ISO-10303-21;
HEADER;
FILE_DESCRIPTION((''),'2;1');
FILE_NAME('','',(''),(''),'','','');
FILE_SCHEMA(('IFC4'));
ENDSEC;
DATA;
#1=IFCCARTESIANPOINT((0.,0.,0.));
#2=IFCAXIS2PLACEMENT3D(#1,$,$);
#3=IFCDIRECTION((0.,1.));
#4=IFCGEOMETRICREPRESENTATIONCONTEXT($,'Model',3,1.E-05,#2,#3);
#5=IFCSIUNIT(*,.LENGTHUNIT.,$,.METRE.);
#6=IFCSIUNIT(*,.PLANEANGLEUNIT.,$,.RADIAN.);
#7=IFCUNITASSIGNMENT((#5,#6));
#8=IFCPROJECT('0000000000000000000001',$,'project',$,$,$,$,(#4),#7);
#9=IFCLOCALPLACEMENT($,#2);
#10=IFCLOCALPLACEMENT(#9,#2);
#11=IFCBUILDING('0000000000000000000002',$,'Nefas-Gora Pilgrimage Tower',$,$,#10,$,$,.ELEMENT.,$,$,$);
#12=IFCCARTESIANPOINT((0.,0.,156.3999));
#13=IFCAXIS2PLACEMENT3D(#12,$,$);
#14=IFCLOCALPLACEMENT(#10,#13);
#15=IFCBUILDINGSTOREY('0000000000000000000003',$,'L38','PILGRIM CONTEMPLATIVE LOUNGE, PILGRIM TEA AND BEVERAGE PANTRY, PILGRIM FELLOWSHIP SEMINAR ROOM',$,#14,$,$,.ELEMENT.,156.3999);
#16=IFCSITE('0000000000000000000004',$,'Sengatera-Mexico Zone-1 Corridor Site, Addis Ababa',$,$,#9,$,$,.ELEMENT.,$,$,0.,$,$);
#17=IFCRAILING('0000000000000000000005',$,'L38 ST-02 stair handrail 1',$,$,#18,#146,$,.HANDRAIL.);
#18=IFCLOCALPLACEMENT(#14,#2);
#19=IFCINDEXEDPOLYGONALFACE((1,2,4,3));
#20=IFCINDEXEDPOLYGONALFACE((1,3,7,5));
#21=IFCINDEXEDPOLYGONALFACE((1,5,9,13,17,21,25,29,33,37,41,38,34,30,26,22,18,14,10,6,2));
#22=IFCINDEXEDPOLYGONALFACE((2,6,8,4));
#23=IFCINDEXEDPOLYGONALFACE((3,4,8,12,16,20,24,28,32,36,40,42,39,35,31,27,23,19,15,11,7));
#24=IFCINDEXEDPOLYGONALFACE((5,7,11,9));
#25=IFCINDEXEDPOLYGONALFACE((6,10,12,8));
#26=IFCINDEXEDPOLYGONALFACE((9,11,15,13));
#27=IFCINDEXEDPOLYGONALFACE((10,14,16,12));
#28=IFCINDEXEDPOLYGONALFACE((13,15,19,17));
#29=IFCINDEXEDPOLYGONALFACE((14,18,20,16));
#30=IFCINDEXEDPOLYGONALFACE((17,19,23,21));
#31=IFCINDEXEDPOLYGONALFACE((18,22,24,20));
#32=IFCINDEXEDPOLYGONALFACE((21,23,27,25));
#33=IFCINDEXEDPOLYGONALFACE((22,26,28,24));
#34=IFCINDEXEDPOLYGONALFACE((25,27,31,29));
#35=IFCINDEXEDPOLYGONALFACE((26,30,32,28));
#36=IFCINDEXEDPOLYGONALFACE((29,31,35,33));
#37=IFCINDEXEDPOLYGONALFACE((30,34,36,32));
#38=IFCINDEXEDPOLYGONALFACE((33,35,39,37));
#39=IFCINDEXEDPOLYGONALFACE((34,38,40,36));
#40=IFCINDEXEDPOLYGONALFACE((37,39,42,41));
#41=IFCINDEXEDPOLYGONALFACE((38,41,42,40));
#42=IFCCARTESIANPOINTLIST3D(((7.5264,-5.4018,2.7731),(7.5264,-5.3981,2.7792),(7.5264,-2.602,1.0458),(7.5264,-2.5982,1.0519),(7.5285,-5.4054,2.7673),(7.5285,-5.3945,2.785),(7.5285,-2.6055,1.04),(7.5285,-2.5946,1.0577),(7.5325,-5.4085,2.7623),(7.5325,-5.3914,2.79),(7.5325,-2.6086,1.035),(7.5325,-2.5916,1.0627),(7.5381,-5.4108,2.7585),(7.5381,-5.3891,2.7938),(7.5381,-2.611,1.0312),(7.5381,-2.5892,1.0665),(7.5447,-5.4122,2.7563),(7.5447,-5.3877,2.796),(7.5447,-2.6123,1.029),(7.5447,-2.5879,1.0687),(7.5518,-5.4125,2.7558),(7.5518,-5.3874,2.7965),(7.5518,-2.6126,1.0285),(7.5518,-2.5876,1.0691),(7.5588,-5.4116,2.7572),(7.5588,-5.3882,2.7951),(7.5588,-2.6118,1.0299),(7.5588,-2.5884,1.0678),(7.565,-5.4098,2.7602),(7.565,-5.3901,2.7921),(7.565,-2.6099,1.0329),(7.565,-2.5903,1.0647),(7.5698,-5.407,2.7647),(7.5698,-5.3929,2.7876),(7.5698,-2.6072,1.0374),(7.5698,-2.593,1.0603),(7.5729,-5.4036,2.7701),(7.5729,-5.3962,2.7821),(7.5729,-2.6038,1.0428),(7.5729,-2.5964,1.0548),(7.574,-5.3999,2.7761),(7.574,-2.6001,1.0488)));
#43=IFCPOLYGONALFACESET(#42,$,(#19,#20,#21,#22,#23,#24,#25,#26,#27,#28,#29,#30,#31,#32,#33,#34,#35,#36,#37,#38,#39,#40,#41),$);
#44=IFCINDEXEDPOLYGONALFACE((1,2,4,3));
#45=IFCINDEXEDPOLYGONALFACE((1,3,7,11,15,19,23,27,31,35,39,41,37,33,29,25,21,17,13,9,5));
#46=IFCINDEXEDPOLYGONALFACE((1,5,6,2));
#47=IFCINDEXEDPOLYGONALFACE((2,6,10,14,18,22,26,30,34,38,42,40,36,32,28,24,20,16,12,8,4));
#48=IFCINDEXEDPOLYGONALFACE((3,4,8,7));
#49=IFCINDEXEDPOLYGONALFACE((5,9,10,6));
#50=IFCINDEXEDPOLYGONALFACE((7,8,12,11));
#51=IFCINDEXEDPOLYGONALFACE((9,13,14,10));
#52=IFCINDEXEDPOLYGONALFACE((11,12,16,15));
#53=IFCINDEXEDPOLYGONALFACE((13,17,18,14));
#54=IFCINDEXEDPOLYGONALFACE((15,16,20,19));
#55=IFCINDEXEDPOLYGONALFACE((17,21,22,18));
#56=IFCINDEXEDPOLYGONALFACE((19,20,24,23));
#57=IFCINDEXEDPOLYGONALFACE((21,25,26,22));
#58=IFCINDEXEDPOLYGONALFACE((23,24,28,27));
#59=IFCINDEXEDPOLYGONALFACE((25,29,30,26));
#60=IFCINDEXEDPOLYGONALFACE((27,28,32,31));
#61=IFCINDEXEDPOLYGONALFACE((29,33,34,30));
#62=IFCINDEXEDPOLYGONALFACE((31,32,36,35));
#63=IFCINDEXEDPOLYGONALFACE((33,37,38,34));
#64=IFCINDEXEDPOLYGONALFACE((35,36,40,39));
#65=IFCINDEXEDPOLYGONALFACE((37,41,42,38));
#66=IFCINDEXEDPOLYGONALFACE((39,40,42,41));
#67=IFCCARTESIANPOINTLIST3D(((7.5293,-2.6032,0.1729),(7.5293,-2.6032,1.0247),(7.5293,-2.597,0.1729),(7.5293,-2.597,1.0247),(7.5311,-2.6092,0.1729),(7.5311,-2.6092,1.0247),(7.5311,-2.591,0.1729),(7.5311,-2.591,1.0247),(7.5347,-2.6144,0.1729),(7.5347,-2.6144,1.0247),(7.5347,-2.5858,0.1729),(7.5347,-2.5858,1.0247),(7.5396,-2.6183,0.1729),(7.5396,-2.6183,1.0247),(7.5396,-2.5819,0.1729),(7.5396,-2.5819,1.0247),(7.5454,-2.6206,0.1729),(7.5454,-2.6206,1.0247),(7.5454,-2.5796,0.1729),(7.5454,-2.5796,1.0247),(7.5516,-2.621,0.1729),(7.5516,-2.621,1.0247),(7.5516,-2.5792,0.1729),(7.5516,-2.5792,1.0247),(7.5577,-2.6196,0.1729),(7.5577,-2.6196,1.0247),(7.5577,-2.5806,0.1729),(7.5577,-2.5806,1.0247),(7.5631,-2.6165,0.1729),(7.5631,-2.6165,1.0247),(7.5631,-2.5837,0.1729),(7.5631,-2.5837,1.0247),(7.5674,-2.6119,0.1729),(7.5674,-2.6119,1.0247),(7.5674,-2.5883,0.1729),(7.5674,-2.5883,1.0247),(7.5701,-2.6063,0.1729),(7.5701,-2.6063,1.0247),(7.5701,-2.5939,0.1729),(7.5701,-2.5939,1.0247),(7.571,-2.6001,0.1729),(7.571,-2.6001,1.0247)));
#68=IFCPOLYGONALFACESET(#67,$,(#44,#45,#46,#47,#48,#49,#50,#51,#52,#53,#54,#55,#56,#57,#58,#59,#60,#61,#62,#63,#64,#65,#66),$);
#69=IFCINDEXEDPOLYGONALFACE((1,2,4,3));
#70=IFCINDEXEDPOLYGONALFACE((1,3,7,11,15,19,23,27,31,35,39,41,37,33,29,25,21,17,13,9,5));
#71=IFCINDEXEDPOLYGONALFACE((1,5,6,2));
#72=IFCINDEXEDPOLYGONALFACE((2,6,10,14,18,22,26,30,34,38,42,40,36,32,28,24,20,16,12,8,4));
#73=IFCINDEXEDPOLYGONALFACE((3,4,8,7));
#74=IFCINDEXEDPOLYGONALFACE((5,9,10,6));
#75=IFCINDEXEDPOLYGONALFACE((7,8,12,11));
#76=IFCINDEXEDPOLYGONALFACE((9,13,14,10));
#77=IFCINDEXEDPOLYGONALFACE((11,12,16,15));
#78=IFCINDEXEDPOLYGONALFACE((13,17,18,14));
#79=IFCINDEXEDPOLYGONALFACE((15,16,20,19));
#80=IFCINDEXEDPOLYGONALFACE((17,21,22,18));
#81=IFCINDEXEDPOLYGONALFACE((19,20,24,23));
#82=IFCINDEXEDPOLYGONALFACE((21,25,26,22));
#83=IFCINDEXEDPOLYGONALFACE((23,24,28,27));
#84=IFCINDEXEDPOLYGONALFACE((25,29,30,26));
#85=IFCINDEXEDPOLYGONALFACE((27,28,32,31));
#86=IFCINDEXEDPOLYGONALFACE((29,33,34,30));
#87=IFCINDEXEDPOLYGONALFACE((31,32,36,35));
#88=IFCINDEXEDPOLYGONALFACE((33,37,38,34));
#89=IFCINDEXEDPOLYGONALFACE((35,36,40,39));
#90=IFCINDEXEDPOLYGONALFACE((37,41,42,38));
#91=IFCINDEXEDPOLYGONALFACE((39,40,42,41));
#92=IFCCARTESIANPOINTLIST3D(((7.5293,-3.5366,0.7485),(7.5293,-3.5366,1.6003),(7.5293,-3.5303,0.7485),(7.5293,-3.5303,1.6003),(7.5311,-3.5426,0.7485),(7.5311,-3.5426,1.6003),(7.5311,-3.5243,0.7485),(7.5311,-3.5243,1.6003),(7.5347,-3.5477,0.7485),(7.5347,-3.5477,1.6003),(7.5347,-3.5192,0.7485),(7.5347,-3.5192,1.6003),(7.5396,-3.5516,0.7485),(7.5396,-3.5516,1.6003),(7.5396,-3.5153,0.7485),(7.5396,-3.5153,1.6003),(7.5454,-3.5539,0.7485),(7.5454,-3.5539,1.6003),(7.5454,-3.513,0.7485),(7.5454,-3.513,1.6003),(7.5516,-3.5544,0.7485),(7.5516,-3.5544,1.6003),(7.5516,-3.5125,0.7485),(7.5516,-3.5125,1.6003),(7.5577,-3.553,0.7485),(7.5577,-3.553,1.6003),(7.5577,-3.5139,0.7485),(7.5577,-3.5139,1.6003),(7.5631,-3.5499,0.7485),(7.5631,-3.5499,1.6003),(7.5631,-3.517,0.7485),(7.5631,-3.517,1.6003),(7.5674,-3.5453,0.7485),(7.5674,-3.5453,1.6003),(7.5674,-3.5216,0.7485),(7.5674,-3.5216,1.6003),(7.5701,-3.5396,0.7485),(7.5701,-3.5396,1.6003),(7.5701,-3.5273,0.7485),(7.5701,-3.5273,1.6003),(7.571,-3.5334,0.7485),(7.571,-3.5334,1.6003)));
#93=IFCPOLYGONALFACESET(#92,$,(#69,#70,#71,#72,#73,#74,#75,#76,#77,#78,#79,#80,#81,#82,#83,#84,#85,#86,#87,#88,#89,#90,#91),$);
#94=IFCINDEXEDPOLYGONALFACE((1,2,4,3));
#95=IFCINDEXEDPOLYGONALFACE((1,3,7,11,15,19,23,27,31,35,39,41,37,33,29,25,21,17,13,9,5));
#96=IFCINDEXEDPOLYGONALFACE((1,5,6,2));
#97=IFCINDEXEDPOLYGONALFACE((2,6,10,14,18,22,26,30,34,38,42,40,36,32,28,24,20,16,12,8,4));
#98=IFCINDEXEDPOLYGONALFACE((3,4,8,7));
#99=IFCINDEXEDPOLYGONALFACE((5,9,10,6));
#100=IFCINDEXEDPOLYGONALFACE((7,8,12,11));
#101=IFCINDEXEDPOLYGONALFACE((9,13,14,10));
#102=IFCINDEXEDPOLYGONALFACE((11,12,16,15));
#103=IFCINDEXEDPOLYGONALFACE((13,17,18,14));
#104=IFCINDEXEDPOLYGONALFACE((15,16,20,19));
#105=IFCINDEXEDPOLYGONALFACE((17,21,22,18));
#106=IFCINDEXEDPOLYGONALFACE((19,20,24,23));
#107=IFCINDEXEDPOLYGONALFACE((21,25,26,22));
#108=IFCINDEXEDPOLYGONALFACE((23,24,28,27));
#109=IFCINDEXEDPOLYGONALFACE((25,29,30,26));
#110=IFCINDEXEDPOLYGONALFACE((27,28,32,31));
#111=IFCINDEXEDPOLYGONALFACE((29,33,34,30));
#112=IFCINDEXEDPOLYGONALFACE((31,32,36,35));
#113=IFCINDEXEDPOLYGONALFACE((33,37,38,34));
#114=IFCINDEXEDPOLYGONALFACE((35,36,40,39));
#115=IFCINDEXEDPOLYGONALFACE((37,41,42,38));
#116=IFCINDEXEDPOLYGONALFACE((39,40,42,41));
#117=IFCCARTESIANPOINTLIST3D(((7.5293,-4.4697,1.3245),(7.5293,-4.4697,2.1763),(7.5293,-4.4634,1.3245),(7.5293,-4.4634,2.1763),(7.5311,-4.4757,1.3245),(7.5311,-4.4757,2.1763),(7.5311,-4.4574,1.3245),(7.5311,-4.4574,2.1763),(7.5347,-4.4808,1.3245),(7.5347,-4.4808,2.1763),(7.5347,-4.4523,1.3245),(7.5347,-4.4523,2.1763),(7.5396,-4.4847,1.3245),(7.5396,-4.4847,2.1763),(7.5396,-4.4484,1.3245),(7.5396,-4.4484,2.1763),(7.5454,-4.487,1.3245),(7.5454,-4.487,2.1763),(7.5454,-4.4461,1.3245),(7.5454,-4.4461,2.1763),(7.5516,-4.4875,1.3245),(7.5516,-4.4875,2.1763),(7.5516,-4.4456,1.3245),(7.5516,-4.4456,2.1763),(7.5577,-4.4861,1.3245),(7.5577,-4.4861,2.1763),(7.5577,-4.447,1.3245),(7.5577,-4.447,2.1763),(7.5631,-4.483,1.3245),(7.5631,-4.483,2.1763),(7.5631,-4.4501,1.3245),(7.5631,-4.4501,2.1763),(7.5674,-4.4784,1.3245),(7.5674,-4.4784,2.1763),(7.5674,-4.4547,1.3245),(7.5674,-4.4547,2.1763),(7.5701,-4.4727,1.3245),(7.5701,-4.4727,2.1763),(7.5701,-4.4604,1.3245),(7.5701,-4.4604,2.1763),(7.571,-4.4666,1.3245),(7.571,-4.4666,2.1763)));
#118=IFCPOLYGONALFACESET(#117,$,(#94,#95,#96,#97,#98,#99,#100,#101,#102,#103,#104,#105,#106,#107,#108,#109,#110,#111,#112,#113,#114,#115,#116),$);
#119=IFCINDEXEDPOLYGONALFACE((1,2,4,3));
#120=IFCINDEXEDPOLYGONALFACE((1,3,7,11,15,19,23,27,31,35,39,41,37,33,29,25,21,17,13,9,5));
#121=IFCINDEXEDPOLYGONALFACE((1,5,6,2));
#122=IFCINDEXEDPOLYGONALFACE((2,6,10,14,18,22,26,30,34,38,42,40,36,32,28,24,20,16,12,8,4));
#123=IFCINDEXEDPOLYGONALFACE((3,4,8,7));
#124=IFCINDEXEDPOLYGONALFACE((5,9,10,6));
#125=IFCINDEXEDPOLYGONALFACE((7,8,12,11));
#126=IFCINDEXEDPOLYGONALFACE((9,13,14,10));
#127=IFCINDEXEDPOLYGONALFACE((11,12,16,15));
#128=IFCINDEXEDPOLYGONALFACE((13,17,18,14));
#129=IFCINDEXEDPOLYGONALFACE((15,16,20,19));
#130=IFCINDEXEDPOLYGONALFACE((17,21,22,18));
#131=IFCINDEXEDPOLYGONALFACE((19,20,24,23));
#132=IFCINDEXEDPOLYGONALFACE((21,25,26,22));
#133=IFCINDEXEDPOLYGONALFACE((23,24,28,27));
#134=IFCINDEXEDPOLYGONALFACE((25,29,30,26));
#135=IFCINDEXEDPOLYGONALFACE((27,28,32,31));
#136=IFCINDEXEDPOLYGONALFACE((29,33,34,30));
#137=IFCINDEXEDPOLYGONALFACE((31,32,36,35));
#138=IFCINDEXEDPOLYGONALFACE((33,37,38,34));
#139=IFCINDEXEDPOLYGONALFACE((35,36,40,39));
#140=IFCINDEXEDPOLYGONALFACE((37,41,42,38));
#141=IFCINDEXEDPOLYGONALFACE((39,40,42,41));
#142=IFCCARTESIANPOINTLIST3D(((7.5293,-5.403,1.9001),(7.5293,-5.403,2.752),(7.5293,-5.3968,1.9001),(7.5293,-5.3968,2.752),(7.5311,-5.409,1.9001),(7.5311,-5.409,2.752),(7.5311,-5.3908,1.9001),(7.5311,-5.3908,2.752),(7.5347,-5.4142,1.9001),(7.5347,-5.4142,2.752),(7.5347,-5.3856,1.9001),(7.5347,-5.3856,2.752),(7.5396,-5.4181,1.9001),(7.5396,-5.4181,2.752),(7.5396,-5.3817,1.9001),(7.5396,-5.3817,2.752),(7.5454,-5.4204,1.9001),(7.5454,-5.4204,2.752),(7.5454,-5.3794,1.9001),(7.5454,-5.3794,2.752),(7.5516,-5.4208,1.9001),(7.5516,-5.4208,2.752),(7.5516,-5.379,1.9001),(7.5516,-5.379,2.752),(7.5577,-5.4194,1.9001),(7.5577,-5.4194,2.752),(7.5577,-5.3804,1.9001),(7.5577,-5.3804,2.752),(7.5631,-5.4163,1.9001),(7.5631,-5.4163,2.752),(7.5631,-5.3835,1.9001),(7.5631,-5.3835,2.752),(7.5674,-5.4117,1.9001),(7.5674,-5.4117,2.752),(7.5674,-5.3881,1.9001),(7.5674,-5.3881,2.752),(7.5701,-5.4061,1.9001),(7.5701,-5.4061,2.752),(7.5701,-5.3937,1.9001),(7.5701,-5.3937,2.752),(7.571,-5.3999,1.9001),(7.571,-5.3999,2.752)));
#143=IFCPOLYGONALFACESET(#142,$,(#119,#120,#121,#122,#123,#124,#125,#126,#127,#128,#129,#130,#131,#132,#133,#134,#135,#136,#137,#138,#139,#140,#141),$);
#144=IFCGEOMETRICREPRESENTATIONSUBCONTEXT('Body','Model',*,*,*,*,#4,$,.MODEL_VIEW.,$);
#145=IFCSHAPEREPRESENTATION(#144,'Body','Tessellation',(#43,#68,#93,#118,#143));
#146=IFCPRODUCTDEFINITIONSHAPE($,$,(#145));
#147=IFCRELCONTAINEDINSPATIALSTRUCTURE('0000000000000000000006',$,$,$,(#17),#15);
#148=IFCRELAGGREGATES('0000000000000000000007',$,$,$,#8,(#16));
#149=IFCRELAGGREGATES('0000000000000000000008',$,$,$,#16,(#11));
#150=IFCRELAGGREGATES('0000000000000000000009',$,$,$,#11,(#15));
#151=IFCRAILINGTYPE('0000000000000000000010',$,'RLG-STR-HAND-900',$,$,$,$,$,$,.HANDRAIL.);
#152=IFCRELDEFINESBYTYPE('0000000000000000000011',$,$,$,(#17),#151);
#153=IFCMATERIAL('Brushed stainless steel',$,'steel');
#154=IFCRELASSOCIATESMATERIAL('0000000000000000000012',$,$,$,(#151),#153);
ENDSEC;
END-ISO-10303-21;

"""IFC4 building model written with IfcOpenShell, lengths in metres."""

from ifc_helpers import new_model, si_unit, direction, frame, origin, origin_2d, place, context, subcontext, project, spatial, circle, extrude, material, type_object, element, save


model = new_model("IFC4")

# Units and contexts
model_context = context("Model", 3, precision=1e-05, world=origin(), true_north=direction((0.0, 1.0)))
body_context = subcontext(model_context, "Body", "Model", "MODEL_VIEW")
ifc_project = project(units=[si_unit("LENGTHUNIT", "METRE"), si_unit("PLANEANGLEUNIT", "RADIAN")], contexts=[model_context])

# Site, building, storey
site_placement = place(None, origin())
site = spatial("IfcSite", under=ifc_project, at=site_placement, Name="Sengatera-Mexico Zone-1 Corridor Site, Addis Ababa", CompositionType="ELEMENT", RefElevation=0.0)
building_placement = place(site_placement, origin())
building = spatial("IfcBuilding", under=site, at=building_placement, Name="Nefas-Gora Pilgrimage Tower", CompositionType="ELEMENT")
storey_placement = place(building_placement, frame((0.0, 0.0, 156.3999)))
storey = spatial("IfcBuildingStorey", under=building, at=storey_placement, Name="L38", Description="PILGRIM CONTEMPLATIVE LOUNGE, PILGRIM TEA AND BEVERAGE PANTRY, PILGRIM FELLOWSHIP SEMINAR ROOM", CompositionType="ELEMENT", Elevation=156.3999)

# Railing
ifc_material_1 = material(Name="Brushed stainless steel", Category="steel")
railing_type_1 = type_object("IfcRailingType", Name="RLG-STR-HAND-900", PredefinedType="HANDRAIL", material=ifc_material_1)
railing_1_placement = place(storey_placement, frame((7.55, -2.6001, 0.1729)))
element("IfcRailing", 1, at=railing_1_placement, inside=storey, type_object=railing_type_1, Name="L38 ST-02 stair handrail 1", PredefinedType="HANDRAIL", context=body_context, shape_type="SweptSolid", body=[
    extrude(circle(Radius=0.0239, at=origin_2d()), frame((0.0, 0.0, 0.876), z_axis=(0.0, -0.851069, 0.525054), x_axis=(1.0, 0.0, 0.0)), (0.0, 0.0, 1.0), 3.2898),
    extrude(circle(Radius=0.021, at=origin_2d()), origin(), (0.0, 0.0, 1.0), 0.8518),
    extrude(circle(Radius=0.021, at=origin_2d()), frame((0.0, -0.9333, 0.5757)), (0.0, 0.0, 1.0), 0.8518),
    extrude(circle(Radius=0.021, at=origin_2d()), frame((0.0, -1.8665, 1.1516)), (0.0, 0.0, 1.0), 0.8518),
    extrude(circle(Radius=0.021, at=origin_2d()), frame((0.0, -2.7998, 1.7273)), (0.0, 0.0, 1.0), 0.8518),
])

save(model, "model.ifc")
